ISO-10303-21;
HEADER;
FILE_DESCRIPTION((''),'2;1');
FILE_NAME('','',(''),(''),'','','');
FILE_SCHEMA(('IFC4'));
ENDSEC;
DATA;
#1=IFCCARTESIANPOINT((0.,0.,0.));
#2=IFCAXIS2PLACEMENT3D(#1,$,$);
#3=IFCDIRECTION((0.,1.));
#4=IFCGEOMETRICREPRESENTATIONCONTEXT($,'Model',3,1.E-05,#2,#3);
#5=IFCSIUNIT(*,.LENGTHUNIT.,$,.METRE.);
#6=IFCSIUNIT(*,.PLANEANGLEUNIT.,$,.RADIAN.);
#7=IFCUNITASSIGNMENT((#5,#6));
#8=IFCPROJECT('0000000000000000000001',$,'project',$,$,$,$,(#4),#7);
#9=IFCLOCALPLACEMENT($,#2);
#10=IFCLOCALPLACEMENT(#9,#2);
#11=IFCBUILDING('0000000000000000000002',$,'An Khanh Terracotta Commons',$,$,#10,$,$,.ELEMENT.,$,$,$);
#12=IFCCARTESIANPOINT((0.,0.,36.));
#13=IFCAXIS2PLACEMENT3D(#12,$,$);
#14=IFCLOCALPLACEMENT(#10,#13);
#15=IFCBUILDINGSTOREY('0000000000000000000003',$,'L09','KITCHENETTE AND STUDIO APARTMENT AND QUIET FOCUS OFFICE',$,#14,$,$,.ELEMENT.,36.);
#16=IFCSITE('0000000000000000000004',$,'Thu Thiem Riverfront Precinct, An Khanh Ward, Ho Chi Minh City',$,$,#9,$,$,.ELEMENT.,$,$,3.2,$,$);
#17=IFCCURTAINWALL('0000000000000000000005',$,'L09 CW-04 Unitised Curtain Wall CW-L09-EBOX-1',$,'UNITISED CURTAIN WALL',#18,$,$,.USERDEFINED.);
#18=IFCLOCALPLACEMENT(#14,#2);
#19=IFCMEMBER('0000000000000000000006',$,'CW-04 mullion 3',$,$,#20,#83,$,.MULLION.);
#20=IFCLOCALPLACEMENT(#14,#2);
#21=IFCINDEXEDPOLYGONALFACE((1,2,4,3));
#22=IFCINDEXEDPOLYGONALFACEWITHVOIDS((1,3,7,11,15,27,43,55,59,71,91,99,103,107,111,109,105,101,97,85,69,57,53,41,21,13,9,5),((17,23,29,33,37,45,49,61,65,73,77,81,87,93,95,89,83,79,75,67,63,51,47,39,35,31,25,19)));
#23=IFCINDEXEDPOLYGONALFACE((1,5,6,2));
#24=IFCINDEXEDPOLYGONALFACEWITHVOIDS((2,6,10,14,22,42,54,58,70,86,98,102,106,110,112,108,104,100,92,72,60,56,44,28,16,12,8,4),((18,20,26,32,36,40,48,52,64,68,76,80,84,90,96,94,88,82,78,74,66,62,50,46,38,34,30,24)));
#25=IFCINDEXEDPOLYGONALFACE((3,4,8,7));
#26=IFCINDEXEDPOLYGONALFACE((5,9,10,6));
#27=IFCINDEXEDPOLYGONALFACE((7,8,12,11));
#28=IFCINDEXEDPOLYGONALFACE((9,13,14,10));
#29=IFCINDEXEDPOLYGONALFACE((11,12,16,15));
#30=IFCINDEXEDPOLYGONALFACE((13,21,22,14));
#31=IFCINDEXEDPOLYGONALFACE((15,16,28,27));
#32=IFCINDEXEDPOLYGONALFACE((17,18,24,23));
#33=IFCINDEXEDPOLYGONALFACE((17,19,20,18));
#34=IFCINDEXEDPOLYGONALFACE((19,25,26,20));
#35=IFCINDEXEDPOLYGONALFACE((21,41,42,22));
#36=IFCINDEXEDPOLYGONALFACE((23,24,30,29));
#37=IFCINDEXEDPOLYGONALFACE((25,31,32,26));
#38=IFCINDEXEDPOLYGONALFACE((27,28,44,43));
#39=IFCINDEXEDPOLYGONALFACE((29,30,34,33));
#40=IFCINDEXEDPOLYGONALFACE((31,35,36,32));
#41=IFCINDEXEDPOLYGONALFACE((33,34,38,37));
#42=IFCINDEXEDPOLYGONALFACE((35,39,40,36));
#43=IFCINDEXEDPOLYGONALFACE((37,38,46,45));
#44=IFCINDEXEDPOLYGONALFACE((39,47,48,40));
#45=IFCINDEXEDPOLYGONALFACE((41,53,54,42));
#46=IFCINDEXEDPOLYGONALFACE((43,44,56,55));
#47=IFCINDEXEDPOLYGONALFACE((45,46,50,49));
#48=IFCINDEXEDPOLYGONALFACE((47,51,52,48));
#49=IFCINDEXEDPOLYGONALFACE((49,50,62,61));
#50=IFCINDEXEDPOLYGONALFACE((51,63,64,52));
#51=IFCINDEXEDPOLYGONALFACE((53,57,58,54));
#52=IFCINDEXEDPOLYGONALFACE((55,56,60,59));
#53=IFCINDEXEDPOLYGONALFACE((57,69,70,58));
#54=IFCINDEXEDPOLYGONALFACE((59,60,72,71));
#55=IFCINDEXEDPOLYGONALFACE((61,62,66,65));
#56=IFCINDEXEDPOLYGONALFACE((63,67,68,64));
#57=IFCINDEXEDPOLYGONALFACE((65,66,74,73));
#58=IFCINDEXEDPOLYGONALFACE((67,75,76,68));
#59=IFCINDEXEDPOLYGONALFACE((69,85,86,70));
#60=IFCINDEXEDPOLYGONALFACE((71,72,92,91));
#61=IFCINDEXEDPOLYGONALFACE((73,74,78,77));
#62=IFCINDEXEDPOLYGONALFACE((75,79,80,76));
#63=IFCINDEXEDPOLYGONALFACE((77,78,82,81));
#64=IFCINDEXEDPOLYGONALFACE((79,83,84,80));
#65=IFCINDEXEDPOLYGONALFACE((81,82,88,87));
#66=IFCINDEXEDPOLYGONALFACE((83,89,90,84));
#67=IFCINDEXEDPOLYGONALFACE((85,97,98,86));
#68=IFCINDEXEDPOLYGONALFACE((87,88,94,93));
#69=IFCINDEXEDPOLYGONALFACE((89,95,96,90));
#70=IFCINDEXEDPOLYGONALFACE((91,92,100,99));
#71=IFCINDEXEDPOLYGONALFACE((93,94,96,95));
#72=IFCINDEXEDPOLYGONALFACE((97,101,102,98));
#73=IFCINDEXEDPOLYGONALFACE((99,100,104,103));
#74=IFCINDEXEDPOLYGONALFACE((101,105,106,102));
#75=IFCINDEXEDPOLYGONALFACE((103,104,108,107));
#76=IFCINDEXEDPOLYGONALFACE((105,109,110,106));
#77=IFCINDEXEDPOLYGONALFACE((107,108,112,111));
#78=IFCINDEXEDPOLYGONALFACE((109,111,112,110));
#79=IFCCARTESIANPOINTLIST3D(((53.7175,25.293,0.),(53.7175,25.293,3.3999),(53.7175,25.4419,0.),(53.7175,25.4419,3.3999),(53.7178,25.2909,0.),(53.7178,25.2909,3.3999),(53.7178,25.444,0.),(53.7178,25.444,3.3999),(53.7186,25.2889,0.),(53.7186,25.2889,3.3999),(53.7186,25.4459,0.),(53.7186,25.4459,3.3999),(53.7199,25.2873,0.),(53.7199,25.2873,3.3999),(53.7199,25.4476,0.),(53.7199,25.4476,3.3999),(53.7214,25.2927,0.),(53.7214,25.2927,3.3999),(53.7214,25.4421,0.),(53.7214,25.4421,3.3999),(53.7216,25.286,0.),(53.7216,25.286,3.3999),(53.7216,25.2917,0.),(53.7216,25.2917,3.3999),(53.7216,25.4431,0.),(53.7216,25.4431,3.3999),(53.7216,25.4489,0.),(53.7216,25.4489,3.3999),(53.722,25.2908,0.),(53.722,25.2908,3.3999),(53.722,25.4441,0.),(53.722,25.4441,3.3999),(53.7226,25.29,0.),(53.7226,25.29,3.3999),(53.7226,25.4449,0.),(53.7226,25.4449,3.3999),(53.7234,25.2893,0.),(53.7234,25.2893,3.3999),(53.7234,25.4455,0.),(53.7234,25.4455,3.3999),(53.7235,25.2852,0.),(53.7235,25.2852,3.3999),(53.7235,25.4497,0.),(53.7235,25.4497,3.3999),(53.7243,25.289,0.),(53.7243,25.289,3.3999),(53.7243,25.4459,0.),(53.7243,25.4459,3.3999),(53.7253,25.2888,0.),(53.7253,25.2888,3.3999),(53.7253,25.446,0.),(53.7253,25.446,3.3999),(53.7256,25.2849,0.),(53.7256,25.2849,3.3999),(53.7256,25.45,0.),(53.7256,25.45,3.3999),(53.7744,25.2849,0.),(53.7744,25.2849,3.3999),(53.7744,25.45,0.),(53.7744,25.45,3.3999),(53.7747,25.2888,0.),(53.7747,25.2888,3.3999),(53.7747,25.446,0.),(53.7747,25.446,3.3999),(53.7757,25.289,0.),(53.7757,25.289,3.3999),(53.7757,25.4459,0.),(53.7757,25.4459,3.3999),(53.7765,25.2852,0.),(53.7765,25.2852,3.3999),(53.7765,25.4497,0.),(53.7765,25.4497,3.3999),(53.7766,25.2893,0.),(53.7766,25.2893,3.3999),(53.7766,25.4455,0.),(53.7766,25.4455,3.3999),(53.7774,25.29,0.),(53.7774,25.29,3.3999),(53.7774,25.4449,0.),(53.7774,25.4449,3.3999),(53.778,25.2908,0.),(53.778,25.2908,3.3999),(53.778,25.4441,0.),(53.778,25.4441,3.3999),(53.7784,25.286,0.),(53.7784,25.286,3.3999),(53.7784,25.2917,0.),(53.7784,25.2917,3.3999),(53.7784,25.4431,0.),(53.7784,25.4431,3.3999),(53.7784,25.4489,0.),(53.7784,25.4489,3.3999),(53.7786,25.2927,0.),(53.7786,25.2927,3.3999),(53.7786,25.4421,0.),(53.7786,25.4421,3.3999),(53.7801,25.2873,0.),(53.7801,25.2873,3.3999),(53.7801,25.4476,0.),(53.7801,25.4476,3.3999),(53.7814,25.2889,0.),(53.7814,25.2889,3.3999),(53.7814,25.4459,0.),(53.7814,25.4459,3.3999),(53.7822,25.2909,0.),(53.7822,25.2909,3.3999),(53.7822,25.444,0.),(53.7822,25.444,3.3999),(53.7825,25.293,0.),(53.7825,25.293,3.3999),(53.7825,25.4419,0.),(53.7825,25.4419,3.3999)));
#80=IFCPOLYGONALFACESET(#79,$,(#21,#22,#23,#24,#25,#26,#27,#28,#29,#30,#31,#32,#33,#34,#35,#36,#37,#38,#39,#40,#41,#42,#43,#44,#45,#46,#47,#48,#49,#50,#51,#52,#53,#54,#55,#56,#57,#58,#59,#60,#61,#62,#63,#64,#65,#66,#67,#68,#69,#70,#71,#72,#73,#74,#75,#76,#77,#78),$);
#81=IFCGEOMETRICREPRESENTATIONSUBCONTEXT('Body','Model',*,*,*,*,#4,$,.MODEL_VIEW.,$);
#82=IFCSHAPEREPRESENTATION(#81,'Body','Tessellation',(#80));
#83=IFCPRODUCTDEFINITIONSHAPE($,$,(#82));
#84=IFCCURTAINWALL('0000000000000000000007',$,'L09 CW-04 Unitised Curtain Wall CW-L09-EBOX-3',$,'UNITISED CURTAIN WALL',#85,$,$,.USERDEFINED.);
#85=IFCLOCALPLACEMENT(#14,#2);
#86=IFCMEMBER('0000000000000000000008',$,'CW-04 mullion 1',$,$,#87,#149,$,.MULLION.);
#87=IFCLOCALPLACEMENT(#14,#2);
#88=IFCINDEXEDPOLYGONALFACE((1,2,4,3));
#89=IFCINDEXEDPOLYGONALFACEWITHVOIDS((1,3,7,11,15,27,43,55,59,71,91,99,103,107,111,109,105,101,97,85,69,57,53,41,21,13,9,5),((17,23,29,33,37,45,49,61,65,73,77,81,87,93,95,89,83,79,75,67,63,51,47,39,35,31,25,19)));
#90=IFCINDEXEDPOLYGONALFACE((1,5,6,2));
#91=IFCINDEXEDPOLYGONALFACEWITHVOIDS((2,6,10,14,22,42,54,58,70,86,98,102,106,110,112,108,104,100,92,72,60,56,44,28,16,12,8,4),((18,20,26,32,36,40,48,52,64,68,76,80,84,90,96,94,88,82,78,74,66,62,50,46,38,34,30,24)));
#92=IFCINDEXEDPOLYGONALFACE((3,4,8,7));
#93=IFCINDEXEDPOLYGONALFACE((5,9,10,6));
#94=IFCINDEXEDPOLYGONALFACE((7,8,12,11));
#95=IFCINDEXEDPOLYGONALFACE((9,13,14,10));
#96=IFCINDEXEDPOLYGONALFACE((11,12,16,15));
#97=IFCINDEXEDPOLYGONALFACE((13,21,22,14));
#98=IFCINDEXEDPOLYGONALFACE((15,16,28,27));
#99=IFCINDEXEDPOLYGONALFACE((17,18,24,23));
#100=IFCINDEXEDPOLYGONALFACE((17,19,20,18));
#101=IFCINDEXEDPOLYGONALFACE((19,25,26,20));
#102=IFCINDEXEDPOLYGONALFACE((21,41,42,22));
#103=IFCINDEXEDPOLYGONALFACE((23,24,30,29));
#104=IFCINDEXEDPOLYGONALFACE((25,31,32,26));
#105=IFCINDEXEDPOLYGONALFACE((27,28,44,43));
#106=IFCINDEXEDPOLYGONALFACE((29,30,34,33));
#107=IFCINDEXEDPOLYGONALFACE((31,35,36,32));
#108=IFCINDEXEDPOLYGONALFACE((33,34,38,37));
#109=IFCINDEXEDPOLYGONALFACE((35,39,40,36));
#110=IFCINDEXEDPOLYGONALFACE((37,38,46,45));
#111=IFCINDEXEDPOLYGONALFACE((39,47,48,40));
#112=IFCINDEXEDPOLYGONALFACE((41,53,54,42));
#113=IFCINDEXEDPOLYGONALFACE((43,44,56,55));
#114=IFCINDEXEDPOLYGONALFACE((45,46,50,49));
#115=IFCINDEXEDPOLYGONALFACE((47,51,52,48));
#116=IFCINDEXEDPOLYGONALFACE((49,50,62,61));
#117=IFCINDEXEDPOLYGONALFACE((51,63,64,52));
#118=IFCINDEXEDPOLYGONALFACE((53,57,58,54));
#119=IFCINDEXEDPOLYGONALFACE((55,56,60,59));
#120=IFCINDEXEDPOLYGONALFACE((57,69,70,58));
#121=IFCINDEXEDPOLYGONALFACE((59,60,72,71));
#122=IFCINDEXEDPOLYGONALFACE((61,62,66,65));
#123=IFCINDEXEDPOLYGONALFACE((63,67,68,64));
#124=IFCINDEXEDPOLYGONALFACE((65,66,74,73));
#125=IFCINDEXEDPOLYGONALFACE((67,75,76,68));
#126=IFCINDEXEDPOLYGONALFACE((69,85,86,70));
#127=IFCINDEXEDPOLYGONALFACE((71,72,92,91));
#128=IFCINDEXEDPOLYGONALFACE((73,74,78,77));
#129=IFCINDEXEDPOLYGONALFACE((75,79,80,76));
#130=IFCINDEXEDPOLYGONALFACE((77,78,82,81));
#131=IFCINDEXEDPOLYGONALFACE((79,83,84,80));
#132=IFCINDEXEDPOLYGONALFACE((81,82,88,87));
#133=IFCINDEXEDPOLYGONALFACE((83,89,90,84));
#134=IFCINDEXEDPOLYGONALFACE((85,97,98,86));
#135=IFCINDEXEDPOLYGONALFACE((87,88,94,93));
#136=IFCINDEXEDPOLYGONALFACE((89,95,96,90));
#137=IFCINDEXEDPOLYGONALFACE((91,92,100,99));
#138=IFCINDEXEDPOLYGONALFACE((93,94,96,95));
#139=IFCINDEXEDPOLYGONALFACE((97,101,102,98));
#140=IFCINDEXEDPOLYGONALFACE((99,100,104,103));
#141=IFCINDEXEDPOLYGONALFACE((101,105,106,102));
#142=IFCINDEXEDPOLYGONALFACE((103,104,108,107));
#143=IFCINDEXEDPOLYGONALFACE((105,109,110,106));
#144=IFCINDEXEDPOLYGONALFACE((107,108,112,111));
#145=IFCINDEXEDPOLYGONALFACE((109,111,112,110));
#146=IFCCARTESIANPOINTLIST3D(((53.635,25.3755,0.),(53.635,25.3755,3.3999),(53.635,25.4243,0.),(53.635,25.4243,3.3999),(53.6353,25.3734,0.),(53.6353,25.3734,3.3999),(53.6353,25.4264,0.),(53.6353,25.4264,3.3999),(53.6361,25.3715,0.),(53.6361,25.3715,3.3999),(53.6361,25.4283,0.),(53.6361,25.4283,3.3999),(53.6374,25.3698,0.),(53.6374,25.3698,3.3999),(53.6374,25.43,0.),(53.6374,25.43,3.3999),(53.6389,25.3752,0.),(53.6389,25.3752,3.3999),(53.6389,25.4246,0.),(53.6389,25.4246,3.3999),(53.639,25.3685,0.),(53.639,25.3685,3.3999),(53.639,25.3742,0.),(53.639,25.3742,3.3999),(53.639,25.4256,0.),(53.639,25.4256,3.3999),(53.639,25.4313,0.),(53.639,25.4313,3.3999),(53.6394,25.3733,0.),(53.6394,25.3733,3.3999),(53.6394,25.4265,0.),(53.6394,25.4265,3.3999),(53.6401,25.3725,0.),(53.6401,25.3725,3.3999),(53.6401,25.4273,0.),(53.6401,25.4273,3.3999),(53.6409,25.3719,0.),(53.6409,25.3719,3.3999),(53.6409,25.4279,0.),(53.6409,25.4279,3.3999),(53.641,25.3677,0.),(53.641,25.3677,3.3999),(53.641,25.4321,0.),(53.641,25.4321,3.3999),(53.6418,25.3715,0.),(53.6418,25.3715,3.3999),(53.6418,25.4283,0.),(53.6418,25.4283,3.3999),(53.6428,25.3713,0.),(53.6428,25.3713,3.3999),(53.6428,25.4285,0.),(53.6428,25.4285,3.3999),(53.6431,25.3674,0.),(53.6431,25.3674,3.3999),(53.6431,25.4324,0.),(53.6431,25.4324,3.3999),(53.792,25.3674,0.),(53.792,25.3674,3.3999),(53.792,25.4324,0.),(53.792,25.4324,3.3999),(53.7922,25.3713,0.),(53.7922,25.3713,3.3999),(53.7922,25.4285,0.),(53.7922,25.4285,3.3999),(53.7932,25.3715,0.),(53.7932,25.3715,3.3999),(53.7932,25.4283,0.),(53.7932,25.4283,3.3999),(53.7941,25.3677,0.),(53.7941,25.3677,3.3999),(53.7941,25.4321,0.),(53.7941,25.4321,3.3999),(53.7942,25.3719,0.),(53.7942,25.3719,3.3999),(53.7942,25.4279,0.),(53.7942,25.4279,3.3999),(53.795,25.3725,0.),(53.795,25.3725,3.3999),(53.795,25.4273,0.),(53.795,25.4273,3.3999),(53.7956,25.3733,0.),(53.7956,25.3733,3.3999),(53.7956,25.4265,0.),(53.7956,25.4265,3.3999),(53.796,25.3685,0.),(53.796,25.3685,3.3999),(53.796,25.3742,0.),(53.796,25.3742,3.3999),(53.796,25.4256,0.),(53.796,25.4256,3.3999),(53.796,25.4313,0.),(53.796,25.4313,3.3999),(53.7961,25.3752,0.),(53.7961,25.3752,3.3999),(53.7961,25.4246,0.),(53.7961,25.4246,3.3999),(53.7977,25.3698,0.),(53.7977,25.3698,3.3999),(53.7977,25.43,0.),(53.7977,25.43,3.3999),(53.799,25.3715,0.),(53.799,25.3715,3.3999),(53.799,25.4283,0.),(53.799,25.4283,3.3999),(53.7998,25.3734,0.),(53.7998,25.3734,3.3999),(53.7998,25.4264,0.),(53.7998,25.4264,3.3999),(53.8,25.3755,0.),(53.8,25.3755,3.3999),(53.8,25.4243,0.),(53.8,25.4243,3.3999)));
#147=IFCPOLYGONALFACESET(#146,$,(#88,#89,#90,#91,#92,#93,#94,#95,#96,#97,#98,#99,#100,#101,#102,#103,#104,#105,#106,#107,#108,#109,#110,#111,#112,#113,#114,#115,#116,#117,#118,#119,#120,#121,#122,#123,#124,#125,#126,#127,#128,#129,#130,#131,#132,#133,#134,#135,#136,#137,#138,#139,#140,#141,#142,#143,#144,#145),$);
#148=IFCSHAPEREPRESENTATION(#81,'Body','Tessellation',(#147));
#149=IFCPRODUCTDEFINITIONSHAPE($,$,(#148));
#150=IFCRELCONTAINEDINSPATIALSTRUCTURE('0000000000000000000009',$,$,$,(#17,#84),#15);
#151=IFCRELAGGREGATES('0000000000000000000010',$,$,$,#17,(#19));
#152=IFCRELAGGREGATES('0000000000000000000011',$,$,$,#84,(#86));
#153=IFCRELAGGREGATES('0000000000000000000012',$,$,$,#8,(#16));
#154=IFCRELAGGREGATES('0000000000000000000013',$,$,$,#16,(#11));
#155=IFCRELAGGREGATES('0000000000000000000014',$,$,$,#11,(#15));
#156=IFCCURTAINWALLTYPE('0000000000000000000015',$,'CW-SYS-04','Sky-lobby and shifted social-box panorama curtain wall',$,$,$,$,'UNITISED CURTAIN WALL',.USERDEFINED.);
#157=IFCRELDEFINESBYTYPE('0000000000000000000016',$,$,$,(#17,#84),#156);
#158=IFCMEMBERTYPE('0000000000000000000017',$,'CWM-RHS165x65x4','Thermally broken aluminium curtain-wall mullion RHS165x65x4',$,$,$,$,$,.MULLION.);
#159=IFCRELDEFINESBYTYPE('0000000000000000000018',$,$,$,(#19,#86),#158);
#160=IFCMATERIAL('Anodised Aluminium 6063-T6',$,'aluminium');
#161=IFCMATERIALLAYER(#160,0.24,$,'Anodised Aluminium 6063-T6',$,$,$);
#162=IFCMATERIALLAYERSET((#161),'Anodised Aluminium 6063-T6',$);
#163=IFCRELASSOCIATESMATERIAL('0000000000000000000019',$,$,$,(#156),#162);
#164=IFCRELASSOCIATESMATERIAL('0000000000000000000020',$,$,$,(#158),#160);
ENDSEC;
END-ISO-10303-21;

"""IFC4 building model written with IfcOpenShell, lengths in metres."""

from ifc_helpers import new_model, si_unit, direction, frame, origin, origin_2d, place, context, subcontext, project, spatial, hollow_rectangle, extrude, material, layer, layer_set, material_profile, profile_set, type_object, element, aggregate, save


model = new_model("IFC4")

# Units and contexts
model_context = context("Model", 3, precision=1e-05, world=origin(), true_north=direction((0.0, 1.0)))
body_context = subcontext(model_context, "Body", "Model", "MODEL_VIEW")
ifc_project = project(units=[si_unit("LENGTHUNIT", "METRE"), si_unit("PLANEANGLEUNIT", "RADIAN")], contexts=[model_context])

# Site, building, storey
site_placement = place(None, origin())
site = spatial("IfcSite", under=ifc_project, at=site_placement, Name="Thu Thiem Riverfront Precinct, An Khanh Ward, Ho Chi Minh City", CompositionType="ELEMENT", RefElevation=3.2)
building_placement = place(site_placement, origin())
building = spatial("IfcBuilding", under=site, at=building_placement, Name="An Khanh Terracotta Commons", CompositionType="ELEMENT")
storey_placement = place(building_placement, frame((0.0, 0.0, 36.0)))
storey = spatial("IfcBuildingStorey", under=building, at=storey_placement, Name="L09", Description="KITCHENETTE AND STUDIO APARTMENT AND QUIET FOCUS OFFICE", CompositionType="ELEMENT", Elevation=36.0)

# Curtain wall, member
ifc_material_1 = material(Name="Anodised Aluminium 6063-T6", Category="aluminium")
ifc_layer_1 = layer(ifc_material_1, 0.24, Name="Anodised Aluminium 6063-T6")
ifc_layer_set_1 = layer_set([ifc_layer_1], Name="Anodised Aluminium 6063-T6")
curtain_wall_type = type_object("IfcCurtainWallType", Name="CW-SYS-04", Description="Sky-lobby and shifted social-box panorama curtain wall", ElementType="UNITISED CURTAIN WALL", PredefinedType="USERDEFINED", material=ifc_layer_set_1)
curtain_wall_1_placement = place(storey_placement, origin())
curtain_wall_1 = element("IfcCurtainWall", 1, at=curtain_wall_1_placement, inside=storey, type_object=curtain_wall_type, Name="L09 CW-04 Unitised Curtain Wall CW-L09-EBOX-1", ObjectType="UNITISED CURTAIN WALL", PredefinedType="USERDEFINED")
ifc_material_profile_1 = material_profile(ifc_material_1, hollow_rectangle(XDim=0.0649, YDim=0.165, WallThickness=0.0039, InnerFilletRadius=0.0039, OuterFilletRadius=0.0081, at=origin_2d()), Name="RHS165x65x4")
ifc_profile_set_1 = profile_set([ifc_material_profile_1], Name="Anodised Aluminium 6063-T6")
member_type_1 = type_object("IfcMemberType", Name="CWM-RHS165x65x4", Description="Thermally broken aluminium curtain-wall mullion RHS165x65x4", PredefinedType="MULLION", material=ifc_profile_set_1)
member_1_placement = place(storey_placement, frame((53.75, 25.3674, 0.0), z_axis=(0.0, 0.0, 1.0), x_axis=(-1.0, 0.0, 0.0)))
member_1 = element("IfcMember", 2, at=member_1_placement, type_object=member_type_1, Name="CW-04 mullion 3", PredefinedType="MULLION", context=body_context, shape_type="SweptSolid", body=[
    extrude(hollow_rectangle(XDim=0.0649, YDim=0.165, WallThickness=0.0039, InnerFilletRadius=0.0039, OuterFilletRadius=0.0081, at=origin_2d()), origin(), (0.0, 0.0, 1.0), 3.3999),
])

# Curtain wall, member
curtain_wall_2_placement = place(storey_placement, origin())
curtain_wall_2 = element("IfcCurtainWall", 3, at=curtain_wall_2_placement, inside=storey, type_object=curtain_wall_type, Name="L09 CW-04 Unitised Curtain Wall CW-L09-EBOX-3", ObjectType="UNITISED CURTAIN WALL", PredefinedType="USERDEFINED")
member_2_placement = place(storey_placement, frame((53.7175, 25.3999, 0.0), z_axis=(0.0, 0.0, 1.0), x_axis=(0.0, -1.0, 0.0)))
member_2 = element("IfcMember", 4, at=member_2_placement, type_object=member_type_1, Name="CW-04 mullion 1", PredefinedType="MULLION", context=body_context, shape_type="SweptSolid", body=[
    extrude(hollow_rectangle(XDim=0.0649, YDim=0.165, WallThickness=0.0039, InnerFilletRadius=0.0039, OuterFilletRadius=0.0081, at=origin_2d()), origin(), (0.0, 0.0, 1.0), 3.3999),
])

aggregate(curtain_wall_1, [member_1])
aggregate(curtain_wall_2, [member_2])

save(model, "model.ifc")
